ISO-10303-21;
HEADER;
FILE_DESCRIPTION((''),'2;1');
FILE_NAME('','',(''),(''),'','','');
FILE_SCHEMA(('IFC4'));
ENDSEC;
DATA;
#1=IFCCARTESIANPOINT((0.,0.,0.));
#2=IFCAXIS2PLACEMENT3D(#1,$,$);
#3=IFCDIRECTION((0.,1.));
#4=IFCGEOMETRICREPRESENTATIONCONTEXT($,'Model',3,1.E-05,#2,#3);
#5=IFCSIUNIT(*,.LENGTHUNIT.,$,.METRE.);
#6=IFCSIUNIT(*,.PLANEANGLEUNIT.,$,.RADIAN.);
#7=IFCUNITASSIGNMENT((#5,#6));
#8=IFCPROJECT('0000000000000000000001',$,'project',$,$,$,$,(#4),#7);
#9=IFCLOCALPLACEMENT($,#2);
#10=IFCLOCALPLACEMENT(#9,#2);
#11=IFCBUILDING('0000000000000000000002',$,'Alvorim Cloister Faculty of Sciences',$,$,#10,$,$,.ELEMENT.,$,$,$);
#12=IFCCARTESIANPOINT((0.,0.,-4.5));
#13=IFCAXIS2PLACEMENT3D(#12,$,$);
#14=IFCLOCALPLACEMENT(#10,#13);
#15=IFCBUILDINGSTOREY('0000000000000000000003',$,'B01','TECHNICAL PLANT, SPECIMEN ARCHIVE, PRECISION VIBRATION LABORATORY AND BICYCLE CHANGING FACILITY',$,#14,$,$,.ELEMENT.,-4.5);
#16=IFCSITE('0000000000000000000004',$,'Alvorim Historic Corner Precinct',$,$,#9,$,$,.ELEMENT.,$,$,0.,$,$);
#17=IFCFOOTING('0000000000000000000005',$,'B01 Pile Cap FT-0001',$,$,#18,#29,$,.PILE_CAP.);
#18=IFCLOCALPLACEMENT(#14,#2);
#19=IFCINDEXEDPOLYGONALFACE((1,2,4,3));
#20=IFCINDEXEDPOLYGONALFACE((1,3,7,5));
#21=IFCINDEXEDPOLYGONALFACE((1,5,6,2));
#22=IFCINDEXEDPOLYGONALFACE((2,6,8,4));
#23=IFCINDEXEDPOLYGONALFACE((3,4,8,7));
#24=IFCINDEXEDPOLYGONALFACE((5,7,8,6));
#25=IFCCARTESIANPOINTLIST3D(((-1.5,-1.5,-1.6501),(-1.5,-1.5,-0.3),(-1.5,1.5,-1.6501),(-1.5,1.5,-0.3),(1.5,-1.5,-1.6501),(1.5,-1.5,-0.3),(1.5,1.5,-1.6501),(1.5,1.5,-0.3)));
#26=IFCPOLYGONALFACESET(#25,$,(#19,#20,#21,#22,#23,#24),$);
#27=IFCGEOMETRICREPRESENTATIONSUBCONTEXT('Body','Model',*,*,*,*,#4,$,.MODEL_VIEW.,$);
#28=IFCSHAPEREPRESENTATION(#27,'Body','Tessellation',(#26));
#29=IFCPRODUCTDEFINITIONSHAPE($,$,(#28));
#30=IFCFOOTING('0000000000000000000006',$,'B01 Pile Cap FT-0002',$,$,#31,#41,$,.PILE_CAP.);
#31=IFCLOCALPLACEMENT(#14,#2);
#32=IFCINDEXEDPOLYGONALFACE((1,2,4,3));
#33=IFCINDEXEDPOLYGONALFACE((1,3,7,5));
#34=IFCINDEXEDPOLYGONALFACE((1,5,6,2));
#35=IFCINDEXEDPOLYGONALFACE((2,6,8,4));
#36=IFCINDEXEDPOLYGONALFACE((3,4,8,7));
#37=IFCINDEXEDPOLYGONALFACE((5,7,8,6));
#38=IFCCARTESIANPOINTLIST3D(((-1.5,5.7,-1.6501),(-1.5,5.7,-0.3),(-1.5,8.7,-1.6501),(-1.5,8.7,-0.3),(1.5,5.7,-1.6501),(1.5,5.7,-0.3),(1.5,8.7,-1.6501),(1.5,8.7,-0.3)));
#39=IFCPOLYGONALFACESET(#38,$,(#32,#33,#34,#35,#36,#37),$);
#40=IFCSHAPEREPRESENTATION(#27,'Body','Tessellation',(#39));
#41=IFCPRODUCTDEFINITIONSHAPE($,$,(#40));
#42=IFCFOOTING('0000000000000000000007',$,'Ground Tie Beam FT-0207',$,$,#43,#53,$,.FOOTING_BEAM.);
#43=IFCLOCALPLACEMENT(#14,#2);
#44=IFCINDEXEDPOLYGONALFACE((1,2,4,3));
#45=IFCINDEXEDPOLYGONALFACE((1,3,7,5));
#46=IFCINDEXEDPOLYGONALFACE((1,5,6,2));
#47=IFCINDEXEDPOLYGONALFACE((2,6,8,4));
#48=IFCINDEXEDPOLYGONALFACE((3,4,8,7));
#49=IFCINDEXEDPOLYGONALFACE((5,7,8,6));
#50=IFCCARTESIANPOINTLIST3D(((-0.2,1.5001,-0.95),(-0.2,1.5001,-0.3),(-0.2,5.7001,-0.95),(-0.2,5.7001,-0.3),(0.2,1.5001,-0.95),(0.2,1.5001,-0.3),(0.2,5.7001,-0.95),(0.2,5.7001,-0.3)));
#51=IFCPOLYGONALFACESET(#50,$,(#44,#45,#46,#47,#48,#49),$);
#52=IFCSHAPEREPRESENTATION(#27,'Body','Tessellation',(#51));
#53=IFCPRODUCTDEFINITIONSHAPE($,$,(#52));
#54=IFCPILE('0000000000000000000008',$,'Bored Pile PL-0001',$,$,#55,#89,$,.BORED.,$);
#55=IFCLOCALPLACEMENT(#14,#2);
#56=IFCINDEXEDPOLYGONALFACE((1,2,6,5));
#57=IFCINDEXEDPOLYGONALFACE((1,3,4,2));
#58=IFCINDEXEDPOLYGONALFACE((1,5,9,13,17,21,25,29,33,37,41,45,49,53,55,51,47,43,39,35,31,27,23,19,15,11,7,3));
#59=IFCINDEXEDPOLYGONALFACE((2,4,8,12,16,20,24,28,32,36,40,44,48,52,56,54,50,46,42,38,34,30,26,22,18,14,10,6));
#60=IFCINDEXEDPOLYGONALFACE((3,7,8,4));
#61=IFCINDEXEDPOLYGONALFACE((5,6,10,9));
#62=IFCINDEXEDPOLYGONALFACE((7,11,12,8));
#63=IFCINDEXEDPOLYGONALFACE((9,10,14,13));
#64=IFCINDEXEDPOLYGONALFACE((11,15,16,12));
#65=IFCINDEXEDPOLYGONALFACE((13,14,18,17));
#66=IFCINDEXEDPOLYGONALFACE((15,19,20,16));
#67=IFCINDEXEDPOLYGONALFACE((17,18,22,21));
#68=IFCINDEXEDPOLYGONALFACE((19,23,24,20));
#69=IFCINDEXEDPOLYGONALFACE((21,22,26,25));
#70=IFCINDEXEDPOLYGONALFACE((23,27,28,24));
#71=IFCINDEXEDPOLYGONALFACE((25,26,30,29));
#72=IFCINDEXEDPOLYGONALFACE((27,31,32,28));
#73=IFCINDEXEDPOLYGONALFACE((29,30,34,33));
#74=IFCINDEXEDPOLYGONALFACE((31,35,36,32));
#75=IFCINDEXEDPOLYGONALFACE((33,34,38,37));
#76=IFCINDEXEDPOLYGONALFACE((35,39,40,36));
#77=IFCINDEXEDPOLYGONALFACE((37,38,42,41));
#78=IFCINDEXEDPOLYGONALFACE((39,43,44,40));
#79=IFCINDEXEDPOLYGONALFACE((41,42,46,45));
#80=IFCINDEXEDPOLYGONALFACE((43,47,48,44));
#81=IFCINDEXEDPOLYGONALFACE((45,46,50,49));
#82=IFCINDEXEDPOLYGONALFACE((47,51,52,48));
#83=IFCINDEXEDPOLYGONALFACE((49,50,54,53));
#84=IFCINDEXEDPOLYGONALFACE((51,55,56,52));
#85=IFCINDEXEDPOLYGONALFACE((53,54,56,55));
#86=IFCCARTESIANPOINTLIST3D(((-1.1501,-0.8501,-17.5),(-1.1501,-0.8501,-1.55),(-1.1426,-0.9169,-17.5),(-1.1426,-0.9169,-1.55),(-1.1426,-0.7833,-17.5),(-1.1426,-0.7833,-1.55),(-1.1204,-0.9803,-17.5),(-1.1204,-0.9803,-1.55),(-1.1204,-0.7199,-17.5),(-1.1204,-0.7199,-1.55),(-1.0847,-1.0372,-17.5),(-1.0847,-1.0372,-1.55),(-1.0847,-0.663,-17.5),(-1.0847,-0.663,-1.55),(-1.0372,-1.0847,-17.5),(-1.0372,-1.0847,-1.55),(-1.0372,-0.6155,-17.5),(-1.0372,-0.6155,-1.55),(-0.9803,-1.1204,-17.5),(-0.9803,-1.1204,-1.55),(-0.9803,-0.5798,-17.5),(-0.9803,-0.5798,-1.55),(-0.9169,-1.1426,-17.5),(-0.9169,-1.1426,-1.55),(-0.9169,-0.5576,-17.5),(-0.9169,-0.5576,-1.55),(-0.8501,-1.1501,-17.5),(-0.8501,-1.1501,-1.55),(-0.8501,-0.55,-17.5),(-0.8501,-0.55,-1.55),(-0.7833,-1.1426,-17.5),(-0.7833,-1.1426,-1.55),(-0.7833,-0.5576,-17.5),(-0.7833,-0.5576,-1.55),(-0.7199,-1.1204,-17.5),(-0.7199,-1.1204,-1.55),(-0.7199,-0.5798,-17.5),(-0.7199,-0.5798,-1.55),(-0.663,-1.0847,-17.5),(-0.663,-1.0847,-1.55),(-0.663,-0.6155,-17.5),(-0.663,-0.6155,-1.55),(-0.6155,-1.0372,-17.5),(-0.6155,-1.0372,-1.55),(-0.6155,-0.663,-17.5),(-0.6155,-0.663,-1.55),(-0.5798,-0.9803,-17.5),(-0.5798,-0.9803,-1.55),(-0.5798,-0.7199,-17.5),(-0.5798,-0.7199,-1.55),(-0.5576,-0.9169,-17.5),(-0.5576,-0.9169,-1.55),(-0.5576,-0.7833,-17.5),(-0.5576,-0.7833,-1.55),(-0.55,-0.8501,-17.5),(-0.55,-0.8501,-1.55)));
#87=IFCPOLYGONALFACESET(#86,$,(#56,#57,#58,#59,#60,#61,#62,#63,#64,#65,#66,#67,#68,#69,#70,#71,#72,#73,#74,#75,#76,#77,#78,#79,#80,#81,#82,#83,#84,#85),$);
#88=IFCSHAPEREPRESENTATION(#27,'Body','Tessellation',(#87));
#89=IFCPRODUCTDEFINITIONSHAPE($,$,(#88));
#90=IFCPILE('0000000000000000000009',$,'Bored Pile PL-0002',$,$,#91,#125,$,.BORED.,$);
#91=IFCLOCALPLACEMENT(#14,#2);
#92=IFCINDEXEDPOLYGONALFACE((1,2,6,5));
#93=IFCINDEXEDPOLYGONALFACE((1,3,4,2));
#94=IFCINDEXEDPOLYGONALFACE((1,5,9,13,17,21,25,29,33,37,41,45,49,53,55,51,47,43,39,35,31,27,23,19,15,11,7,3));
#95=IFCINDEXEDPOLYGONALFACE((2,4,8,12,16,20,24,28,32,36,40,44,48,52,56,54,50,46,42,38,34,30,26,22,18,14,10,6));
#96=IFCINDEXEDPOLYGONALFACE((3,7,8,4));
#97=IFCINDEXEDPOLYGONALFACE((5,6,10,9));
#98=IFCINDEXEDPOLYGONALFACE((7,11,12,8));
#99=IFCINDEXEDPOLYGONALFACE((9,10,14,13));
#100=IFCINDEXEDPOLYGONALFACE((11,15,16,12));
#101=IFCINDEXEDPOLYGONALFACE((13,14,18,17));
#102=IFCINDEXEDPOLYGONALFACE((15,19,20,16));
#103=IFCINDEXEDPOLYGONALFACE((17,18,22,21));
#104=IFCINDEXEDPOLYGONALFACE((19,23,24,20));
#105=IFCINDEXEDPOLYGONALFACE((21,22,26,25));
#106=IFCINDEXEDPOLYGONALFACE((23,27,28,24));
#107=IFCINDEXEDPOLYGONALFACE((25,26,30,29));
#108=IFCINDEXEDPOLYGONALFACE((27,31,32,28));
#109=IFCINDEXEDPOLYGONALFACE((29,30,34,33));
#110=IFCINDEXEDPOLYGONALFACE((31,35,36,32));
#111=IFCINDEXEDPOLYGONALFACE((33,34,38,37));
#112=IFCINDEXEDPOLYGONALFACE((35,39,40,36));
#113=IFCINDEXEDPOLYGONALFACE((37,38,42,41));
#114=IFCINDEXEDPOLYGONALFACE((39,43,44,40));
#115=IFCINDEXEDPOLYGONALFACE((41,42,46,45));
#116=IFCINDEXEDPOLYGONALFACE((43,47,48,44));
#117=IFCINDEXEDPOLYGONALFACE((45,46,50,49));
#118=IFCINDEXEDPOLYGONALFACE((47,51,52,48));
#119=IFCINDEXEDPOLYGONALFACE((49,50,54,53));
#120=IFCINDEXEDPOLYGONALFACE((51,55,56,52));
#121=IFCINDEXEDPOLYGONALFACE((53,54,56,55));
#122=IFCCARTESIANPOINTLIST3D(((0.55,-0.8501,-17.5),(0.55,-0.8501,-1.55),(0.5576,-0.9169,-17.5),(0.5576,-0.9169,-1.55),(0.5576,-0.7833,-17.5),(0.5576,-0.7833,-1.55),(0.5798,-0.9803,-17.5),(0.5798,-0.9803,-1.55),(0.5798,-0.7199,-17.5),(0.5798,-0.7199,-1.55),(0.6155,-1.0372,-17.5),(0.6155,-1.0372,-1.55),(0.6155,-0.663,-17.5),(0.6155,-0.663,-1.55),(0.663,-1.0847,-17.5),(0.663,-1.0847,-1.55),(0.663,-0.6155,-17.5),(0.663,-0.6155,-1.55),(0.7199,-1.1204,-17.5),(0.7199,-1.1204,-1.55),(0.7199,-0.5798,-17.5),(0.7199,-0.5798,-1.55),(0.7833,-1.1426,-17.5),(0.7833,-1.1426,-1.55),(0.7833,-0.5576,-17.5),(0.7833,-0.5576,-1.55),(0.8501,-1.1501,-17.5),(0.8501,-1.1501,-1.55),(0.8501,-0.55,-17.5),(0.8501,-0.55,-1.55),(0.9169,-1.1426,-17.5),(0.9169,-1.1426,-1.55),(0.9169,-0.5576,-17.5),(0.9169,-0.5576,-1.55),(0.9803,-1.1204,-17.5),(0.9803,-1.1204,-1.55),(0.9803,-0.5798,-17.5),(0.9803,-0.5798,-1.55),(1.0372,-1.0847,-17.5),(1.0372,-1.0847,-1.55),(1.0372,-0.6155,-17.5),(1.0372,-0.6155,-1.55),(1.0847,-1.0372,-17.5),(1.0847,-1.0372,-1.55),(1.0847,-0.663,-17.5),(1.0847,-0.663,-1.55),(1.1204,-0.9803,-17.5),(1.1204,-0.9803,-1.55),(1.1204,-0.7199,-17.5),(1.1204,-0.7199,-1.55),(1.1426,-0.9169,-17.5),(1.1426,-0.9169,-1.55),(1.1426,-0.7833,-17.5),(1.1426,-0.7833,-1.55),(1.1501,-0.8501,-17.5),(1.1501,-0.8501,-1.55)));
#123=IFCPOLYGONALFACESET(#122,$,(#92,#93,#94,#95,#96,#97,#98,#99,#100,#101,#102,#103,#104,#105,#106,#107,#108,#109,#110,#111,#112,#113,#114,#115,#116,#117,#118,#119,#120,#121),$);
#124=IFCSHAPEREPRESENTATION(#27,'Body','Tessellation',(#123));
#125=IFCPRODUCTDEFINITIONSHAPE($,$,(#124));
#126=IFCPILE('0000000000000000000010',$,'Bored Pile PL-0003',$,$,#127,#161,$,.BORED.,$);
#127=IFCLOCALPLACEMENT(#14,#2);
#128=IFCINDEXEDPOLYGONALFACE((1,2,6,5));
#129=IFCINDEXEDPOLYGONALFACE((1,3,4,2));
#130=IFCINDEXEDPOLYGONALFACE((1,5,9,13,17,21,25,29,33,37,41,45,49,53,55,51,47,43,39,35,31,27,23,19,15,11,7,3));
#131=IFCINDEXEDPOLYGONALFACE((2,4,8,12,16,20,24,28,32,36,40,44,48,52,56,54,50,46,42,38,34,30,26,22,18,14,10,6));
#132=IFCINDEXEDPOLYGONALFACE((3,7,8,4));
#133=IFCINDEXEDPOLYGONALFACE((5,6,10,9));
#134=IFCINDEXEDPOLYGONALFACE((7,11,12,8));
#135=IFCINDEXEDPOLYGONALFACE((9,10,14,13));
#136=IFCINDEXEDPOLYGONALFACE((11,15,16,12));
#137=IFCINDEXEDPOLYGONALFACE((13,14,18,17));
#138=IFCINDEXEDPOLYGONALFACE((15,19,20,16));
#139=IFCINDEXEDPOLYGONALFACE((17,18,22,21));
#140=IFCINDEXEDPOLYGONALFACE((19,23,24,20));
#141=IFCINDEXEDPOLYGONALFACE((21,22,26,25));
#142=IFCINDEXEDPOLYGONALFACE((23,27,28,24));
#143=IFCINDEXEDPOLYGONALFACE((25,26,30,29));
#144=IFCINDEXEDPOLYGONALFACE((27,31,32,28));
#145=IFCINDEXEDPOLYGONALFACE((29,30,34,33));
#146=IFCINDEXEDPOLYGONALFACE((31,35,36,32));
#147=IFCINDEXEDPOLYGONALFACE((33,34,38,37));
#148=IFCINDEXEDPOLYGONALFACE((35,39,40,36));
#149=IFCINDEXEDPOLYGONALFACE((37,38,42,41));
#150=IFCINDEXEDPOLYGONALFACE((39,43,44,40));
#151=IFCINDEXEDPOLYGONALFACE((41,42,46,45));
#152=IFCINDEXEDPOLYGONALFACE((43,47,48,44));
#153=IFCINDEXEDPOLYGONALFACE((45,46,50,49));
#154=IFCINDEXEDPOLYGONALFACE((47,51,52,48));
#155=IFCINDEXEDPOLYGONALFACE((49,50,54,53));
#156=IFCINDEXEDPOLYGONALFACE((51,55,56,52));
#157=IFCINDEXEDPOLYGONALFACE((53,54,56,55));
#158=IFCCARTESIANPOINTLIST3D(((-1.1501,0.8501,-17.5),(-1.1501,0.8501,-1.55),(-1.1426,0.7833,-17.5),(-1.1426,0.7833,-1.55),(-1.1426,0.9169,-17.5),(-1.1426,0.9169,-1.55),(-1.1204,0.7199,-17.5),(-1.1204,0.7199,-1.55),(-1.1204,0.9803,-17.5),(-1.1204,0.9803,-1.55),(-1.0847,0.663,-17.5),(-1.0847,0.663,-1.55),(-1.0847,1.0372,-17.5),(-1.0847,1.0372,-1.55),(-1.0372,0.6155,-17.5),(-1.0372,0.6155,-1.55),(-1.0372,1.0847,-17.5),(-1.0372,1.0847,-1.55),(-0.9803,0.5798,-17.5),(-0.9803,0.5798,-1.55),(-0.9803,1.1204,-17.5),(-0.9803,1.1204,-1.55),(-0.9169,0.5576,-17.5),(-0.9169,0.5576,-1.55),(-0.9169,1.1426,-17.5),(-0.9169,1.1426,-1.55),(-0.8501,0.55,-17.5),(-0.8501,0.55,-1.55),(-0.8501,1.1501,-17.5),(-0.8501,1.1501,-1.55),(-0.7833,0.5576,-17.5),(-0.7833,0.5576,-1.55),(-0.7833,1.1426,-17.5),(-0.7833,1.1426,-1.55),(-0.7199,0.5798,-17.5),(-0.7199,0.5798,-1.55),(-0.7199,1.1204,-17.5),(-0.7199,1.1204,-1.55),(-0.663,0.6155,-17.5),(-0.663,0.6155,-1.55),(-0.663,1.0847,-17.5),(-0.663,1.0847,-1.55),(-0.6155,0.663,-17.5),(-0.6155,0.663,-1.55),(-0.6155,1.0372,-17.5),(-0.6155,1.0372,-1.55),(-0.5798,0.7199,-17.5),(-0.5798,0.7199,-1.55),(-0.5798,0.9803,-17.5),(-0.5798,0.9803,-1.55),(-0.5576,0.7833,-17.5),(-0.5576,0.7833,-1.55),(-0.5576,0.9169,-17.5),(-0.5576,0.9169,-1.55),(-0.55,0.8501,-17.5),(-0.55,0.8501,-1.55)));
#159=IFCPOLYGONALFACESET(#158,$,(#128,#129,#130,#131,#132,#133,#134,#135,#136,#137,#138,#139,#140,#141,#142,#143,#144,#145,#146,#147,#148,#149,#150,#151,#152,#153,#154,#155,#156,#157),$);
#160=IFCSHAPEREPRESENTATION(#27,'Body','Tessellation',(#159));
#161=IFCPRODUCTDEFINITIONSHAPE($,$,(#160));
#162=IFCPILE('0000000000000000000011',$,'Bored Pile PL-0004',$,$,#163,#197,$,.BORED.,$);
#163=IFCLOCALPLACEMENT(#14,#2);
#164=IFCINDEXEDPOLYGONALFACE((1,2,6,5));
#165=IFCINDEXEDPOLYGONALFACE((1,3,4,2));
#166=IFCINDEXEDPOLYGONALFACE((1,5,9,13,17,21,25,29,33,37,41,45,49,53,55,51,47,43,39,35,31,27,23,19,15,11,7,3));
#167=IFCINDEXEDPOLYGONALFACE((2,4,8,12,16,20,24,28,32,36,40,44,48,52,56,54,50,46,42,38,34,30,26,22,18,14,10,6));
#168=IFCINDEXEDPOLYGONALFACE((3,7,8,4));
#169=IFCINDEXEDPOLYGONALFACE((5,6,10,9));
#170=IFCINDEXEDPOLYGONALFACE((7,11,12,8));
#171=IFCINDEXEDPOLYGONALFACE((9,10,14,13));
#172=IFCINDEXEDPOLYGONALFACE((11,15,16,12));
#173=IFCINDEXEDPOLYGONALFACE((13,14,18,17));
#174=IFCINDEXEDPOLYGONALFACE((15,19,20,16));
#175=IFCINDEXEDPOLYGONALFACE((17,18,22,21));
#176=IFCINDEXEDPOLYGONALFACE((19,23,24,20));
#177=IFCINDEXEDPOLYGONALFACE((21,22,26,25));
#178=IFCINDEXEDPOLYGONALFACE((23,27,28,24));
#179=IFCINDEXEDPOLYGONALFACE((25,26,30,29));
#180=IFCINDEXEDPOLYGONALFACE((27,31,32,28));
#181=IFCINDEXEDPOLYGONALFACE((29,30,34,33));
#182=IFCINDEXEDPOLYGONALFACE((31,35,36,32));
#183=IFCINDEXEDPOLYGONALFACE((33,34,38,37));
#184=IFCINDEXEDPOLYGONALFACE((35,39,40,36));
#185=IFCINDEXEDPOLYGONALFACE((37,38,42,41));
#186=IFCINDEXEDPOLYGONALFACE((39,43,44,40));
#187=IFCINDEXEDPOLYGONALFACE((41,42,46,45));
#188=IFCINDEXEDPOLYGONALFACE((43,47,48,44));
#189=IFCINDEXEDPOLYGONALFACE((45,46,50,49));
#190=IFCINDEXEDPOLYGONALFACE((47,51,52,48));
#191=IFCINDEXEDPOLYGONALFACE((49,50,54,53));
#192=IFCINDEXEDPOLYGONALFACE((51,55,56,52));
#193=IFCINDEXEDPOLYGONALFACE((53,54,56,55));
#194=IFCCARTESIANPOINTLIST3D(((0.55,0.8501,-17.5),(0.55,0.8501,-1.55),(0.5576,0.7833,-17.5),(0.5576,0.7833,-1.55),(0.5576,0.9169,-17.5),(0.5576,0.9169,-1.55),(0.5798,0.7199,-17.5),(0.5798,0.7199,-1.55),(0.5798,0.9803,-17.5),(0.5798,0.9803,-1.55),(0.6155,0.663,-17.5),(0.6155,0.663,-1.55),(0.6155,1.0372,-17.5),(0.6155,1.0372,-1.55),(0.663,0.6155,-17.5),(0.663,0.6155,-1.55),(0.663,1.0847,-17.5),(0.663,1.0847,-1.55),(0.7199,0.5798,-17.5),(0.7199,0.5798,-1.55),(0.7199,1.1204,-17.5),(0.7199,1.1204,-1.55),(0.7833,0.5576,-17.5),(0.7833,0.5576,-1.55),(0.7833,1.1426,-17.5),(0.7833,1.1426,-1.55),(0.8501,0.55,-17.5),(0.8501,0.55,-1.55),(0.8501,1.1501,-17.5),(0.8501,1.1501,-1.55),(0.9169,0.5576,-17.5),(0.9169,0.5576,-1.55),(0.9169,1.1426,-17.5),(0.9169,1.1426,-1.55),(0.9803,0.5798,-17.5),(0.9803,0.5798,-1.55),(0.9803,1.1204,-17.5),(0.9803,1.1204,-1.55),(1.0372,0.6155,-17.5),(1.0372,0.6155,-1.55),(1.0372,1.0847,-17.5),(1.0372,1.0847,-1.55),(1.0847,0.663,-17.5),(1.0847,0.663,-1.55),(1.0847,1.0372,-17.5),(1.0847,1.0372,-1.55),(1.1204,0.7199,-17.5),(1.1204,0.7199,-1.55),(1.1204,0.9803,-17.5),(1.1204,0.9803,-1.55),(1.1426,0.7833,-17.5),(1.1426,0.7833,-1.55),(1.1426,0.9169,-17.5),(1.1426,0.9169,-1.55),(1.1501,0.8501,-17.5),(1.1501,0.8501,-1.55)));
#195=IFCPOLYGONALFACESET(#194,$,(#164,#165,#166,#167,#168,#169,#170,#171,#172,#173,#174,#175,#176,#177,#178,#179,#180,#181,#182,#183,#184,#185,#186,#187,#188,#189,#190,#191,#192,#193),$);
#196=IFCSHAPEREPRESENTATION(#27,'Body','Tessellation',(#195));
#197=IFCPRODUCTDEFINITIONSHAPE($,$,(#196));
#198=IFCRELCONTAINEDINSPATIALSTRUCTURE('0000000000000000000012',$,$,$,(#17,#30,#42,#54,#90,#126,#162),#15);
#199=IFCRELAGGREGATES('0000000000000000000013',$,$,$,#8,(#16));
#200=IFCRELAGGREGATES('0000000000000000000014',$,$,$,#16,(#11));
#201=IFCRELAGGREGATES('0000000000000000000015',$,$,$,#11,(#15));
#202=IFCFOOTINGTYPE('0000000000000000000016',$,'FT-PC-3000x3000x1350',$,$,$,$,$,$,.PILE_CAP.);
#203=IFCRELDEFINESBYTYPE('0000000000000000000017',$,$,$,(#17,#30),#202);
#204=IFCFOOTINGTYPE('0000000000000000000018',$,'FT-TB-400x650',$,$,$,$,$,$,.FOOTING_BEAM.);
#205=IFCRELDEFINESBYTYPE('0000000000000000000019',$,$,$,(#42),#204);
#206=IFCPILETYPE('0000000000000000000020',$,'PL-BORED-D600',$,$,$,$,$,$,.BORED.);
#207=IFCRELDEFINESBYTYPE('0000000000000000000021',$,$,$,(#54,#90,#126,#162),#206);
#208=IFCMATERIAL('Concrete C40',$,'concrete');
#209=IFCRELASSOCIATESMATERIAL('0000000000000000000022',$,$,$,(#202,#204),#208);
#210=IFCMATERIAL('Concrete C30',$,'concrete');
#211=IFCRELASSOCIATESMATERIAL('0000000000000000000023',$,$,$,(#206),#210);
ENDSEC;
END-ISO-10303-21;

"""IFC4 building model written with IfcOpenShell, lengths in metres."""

from ifc_helpers import new_model, si_unit, direction, frame, origin, origin_2d, place, context, subcontext, project, spatial, rectangle, circle, extrude, material, material_profile, profile_set, type_object, element, save


model = new_model("IFC4")

# Units and contexts
model_context = context("Model", 3, precision=1e-05, world=origin(), true_north=direction((0.0, 1.0)))
body_context = subcontext(model_context, "Body", "Model", "MODEL_VIEW")
ifc_project = project(units=[si_unit("LENGTHUNIT", "METRE"), si_unit("PLANEANGLEUNIT", "RADIAN")], contexts=[model_context])

# Site, building, storey
site_placement = place(None, origin())
site = spatial("IfcSite", under=ifc_project, at=site_placement, Name="Alvorim Historic Corner Precinct", CompositionType="ELEMENT", RefElevation=0.0)
building_placement = place(site_placement, origin())
building = spatial("IfcBuilding", under=site, at=building_placement, Name="Alvorim Cloister Faculty of Sciences", CompositionType="ELEMENT")
storey_placement = place(building_placement, frame((0.0, 0.0, -4.5)))
storey = spatial("IfcBuildingStorey", under=building, at=storey_placement, Name="B01", Description="TECHNICAL PLANT, SPECIMEN ARCHIVE, PRECISION VIBRATION LABORATORY AND BICYCLE CHANGING FACILITY", CompositionType="ELEMENT", Elevation=-4.5)

# Footings
ifc_material_1 = material(Name="Concrete C40", Category="concrete")
footing_type_1 = type_object("IfcFootingType", Name="FT-PC-3000x3000x1350", PredefinedType="PILE_CAP", material=ifc_material_1)
for number, where, z_axis, x_axis, name in (
    (1, (0.0, 0.0, -1.6501), (0.0, 0.0, 1.0), (1.0, 0.0, 0.0), "B01 Pile Cap FT-0001"),
    (2, (0.0, 7.2, -1.6501), (0.0, 0.0, 1.0), (1.0, 0.0, 0.0), "B01 Pile Cap FT-0002"),
):
    element("IfcFooting", number, at=place(storey_placement, frame(where, z_axis=z_axis, x_axis=x_axis)), inside=storey, type_object=footing_type_1, Name=name, PredefinedType="PILE_CAP", context=body_context, shape_type="SweptSolid", body=[
        extrude(rectangle(XDim=3.0, YDim=3.0, at=origin_2d()), origin(), (0.0, 0.0, 1.0), 1.3501),
    ])
footing_type_2 = type_object("IfcFootingType", Name="FT-TB-400x650", PredefinedType="FOOTING_BEAM", material=ifc_material_1)
footing_placement = place(storey_placement, frame((0.0, 3.6001, -0.95), z_axis=(0.0, 0.0, 1.0), x_axis=(1.0, 0.0, 0.0)))
element("IfcFooting", 3, at=footing_placement, inside=storey, type_object=footing_type_2, Name="Ground Tie Beam FT-0207", PredefinedType="FOOTING_BEAM", context=body_context, shape_type="SweptSolid", body=[
    extrude(rectangle(XDim=0.3999, YDim=4.2, at=origin_2d()), origin(), (0.0, 0.0, 1.0), 0.6499),
])

# Piles
ifc_material_2 = material(Name="Concrete C30", Category="concrete")
ifc_material_profile_1 = material_profile(ifc_material_2, circle(Radius=0.3, at=origin_2d()), Name="PILE-D600")
ifc_profile_set_1 = profile_set([ifc_material_profile_1], Name="Concrete C30")
pile_type = type_object("IfcPileType", Name="PL-BORED-D600", PredefinedType="BORED", material=ifc_profile_set_1)
for number, where, z_axis, x_axis, name in (
    (4, (-0.8501, -0.8501, -1.55), (0.0, 0.0, -1.0), (1.0, 0.0, 0.0), "Bored Pile PL-0001"),
    (5, (0.8501, -0.8501, -1.55), (0.0, 0.0, -1.0), (1.0, 0.0, 0.0), "Bored Pile PL-0002"),
    (6, (-0.8501, 0.8501, -1.55), (0.0, 0.0, -1.0), (1.0, 0.0, 0.0), "Bored Pile PL-0003"),
    (7, (0.8501, 0.8501, -1.55), (0.0, 0.0, -1.0), (1.0, 0.0, 0.0), "Bored Pile PL-0004"),
):
    element("IfcPile", number, at=place(storey_placement, frame(where, z_axis=z_axis, x_axis=x_axis)), inside=storey, type_object=pile_type, Name=name, PredefinedType="BORED", context=body_context, shape_type="SweptSolid", body=[
        extrude(circle(Radius=0.3, at=origin_2d()), origin(), (0.0, 0.0, 1.0), 15.95),
    ])

save(model, "model.ifc")
